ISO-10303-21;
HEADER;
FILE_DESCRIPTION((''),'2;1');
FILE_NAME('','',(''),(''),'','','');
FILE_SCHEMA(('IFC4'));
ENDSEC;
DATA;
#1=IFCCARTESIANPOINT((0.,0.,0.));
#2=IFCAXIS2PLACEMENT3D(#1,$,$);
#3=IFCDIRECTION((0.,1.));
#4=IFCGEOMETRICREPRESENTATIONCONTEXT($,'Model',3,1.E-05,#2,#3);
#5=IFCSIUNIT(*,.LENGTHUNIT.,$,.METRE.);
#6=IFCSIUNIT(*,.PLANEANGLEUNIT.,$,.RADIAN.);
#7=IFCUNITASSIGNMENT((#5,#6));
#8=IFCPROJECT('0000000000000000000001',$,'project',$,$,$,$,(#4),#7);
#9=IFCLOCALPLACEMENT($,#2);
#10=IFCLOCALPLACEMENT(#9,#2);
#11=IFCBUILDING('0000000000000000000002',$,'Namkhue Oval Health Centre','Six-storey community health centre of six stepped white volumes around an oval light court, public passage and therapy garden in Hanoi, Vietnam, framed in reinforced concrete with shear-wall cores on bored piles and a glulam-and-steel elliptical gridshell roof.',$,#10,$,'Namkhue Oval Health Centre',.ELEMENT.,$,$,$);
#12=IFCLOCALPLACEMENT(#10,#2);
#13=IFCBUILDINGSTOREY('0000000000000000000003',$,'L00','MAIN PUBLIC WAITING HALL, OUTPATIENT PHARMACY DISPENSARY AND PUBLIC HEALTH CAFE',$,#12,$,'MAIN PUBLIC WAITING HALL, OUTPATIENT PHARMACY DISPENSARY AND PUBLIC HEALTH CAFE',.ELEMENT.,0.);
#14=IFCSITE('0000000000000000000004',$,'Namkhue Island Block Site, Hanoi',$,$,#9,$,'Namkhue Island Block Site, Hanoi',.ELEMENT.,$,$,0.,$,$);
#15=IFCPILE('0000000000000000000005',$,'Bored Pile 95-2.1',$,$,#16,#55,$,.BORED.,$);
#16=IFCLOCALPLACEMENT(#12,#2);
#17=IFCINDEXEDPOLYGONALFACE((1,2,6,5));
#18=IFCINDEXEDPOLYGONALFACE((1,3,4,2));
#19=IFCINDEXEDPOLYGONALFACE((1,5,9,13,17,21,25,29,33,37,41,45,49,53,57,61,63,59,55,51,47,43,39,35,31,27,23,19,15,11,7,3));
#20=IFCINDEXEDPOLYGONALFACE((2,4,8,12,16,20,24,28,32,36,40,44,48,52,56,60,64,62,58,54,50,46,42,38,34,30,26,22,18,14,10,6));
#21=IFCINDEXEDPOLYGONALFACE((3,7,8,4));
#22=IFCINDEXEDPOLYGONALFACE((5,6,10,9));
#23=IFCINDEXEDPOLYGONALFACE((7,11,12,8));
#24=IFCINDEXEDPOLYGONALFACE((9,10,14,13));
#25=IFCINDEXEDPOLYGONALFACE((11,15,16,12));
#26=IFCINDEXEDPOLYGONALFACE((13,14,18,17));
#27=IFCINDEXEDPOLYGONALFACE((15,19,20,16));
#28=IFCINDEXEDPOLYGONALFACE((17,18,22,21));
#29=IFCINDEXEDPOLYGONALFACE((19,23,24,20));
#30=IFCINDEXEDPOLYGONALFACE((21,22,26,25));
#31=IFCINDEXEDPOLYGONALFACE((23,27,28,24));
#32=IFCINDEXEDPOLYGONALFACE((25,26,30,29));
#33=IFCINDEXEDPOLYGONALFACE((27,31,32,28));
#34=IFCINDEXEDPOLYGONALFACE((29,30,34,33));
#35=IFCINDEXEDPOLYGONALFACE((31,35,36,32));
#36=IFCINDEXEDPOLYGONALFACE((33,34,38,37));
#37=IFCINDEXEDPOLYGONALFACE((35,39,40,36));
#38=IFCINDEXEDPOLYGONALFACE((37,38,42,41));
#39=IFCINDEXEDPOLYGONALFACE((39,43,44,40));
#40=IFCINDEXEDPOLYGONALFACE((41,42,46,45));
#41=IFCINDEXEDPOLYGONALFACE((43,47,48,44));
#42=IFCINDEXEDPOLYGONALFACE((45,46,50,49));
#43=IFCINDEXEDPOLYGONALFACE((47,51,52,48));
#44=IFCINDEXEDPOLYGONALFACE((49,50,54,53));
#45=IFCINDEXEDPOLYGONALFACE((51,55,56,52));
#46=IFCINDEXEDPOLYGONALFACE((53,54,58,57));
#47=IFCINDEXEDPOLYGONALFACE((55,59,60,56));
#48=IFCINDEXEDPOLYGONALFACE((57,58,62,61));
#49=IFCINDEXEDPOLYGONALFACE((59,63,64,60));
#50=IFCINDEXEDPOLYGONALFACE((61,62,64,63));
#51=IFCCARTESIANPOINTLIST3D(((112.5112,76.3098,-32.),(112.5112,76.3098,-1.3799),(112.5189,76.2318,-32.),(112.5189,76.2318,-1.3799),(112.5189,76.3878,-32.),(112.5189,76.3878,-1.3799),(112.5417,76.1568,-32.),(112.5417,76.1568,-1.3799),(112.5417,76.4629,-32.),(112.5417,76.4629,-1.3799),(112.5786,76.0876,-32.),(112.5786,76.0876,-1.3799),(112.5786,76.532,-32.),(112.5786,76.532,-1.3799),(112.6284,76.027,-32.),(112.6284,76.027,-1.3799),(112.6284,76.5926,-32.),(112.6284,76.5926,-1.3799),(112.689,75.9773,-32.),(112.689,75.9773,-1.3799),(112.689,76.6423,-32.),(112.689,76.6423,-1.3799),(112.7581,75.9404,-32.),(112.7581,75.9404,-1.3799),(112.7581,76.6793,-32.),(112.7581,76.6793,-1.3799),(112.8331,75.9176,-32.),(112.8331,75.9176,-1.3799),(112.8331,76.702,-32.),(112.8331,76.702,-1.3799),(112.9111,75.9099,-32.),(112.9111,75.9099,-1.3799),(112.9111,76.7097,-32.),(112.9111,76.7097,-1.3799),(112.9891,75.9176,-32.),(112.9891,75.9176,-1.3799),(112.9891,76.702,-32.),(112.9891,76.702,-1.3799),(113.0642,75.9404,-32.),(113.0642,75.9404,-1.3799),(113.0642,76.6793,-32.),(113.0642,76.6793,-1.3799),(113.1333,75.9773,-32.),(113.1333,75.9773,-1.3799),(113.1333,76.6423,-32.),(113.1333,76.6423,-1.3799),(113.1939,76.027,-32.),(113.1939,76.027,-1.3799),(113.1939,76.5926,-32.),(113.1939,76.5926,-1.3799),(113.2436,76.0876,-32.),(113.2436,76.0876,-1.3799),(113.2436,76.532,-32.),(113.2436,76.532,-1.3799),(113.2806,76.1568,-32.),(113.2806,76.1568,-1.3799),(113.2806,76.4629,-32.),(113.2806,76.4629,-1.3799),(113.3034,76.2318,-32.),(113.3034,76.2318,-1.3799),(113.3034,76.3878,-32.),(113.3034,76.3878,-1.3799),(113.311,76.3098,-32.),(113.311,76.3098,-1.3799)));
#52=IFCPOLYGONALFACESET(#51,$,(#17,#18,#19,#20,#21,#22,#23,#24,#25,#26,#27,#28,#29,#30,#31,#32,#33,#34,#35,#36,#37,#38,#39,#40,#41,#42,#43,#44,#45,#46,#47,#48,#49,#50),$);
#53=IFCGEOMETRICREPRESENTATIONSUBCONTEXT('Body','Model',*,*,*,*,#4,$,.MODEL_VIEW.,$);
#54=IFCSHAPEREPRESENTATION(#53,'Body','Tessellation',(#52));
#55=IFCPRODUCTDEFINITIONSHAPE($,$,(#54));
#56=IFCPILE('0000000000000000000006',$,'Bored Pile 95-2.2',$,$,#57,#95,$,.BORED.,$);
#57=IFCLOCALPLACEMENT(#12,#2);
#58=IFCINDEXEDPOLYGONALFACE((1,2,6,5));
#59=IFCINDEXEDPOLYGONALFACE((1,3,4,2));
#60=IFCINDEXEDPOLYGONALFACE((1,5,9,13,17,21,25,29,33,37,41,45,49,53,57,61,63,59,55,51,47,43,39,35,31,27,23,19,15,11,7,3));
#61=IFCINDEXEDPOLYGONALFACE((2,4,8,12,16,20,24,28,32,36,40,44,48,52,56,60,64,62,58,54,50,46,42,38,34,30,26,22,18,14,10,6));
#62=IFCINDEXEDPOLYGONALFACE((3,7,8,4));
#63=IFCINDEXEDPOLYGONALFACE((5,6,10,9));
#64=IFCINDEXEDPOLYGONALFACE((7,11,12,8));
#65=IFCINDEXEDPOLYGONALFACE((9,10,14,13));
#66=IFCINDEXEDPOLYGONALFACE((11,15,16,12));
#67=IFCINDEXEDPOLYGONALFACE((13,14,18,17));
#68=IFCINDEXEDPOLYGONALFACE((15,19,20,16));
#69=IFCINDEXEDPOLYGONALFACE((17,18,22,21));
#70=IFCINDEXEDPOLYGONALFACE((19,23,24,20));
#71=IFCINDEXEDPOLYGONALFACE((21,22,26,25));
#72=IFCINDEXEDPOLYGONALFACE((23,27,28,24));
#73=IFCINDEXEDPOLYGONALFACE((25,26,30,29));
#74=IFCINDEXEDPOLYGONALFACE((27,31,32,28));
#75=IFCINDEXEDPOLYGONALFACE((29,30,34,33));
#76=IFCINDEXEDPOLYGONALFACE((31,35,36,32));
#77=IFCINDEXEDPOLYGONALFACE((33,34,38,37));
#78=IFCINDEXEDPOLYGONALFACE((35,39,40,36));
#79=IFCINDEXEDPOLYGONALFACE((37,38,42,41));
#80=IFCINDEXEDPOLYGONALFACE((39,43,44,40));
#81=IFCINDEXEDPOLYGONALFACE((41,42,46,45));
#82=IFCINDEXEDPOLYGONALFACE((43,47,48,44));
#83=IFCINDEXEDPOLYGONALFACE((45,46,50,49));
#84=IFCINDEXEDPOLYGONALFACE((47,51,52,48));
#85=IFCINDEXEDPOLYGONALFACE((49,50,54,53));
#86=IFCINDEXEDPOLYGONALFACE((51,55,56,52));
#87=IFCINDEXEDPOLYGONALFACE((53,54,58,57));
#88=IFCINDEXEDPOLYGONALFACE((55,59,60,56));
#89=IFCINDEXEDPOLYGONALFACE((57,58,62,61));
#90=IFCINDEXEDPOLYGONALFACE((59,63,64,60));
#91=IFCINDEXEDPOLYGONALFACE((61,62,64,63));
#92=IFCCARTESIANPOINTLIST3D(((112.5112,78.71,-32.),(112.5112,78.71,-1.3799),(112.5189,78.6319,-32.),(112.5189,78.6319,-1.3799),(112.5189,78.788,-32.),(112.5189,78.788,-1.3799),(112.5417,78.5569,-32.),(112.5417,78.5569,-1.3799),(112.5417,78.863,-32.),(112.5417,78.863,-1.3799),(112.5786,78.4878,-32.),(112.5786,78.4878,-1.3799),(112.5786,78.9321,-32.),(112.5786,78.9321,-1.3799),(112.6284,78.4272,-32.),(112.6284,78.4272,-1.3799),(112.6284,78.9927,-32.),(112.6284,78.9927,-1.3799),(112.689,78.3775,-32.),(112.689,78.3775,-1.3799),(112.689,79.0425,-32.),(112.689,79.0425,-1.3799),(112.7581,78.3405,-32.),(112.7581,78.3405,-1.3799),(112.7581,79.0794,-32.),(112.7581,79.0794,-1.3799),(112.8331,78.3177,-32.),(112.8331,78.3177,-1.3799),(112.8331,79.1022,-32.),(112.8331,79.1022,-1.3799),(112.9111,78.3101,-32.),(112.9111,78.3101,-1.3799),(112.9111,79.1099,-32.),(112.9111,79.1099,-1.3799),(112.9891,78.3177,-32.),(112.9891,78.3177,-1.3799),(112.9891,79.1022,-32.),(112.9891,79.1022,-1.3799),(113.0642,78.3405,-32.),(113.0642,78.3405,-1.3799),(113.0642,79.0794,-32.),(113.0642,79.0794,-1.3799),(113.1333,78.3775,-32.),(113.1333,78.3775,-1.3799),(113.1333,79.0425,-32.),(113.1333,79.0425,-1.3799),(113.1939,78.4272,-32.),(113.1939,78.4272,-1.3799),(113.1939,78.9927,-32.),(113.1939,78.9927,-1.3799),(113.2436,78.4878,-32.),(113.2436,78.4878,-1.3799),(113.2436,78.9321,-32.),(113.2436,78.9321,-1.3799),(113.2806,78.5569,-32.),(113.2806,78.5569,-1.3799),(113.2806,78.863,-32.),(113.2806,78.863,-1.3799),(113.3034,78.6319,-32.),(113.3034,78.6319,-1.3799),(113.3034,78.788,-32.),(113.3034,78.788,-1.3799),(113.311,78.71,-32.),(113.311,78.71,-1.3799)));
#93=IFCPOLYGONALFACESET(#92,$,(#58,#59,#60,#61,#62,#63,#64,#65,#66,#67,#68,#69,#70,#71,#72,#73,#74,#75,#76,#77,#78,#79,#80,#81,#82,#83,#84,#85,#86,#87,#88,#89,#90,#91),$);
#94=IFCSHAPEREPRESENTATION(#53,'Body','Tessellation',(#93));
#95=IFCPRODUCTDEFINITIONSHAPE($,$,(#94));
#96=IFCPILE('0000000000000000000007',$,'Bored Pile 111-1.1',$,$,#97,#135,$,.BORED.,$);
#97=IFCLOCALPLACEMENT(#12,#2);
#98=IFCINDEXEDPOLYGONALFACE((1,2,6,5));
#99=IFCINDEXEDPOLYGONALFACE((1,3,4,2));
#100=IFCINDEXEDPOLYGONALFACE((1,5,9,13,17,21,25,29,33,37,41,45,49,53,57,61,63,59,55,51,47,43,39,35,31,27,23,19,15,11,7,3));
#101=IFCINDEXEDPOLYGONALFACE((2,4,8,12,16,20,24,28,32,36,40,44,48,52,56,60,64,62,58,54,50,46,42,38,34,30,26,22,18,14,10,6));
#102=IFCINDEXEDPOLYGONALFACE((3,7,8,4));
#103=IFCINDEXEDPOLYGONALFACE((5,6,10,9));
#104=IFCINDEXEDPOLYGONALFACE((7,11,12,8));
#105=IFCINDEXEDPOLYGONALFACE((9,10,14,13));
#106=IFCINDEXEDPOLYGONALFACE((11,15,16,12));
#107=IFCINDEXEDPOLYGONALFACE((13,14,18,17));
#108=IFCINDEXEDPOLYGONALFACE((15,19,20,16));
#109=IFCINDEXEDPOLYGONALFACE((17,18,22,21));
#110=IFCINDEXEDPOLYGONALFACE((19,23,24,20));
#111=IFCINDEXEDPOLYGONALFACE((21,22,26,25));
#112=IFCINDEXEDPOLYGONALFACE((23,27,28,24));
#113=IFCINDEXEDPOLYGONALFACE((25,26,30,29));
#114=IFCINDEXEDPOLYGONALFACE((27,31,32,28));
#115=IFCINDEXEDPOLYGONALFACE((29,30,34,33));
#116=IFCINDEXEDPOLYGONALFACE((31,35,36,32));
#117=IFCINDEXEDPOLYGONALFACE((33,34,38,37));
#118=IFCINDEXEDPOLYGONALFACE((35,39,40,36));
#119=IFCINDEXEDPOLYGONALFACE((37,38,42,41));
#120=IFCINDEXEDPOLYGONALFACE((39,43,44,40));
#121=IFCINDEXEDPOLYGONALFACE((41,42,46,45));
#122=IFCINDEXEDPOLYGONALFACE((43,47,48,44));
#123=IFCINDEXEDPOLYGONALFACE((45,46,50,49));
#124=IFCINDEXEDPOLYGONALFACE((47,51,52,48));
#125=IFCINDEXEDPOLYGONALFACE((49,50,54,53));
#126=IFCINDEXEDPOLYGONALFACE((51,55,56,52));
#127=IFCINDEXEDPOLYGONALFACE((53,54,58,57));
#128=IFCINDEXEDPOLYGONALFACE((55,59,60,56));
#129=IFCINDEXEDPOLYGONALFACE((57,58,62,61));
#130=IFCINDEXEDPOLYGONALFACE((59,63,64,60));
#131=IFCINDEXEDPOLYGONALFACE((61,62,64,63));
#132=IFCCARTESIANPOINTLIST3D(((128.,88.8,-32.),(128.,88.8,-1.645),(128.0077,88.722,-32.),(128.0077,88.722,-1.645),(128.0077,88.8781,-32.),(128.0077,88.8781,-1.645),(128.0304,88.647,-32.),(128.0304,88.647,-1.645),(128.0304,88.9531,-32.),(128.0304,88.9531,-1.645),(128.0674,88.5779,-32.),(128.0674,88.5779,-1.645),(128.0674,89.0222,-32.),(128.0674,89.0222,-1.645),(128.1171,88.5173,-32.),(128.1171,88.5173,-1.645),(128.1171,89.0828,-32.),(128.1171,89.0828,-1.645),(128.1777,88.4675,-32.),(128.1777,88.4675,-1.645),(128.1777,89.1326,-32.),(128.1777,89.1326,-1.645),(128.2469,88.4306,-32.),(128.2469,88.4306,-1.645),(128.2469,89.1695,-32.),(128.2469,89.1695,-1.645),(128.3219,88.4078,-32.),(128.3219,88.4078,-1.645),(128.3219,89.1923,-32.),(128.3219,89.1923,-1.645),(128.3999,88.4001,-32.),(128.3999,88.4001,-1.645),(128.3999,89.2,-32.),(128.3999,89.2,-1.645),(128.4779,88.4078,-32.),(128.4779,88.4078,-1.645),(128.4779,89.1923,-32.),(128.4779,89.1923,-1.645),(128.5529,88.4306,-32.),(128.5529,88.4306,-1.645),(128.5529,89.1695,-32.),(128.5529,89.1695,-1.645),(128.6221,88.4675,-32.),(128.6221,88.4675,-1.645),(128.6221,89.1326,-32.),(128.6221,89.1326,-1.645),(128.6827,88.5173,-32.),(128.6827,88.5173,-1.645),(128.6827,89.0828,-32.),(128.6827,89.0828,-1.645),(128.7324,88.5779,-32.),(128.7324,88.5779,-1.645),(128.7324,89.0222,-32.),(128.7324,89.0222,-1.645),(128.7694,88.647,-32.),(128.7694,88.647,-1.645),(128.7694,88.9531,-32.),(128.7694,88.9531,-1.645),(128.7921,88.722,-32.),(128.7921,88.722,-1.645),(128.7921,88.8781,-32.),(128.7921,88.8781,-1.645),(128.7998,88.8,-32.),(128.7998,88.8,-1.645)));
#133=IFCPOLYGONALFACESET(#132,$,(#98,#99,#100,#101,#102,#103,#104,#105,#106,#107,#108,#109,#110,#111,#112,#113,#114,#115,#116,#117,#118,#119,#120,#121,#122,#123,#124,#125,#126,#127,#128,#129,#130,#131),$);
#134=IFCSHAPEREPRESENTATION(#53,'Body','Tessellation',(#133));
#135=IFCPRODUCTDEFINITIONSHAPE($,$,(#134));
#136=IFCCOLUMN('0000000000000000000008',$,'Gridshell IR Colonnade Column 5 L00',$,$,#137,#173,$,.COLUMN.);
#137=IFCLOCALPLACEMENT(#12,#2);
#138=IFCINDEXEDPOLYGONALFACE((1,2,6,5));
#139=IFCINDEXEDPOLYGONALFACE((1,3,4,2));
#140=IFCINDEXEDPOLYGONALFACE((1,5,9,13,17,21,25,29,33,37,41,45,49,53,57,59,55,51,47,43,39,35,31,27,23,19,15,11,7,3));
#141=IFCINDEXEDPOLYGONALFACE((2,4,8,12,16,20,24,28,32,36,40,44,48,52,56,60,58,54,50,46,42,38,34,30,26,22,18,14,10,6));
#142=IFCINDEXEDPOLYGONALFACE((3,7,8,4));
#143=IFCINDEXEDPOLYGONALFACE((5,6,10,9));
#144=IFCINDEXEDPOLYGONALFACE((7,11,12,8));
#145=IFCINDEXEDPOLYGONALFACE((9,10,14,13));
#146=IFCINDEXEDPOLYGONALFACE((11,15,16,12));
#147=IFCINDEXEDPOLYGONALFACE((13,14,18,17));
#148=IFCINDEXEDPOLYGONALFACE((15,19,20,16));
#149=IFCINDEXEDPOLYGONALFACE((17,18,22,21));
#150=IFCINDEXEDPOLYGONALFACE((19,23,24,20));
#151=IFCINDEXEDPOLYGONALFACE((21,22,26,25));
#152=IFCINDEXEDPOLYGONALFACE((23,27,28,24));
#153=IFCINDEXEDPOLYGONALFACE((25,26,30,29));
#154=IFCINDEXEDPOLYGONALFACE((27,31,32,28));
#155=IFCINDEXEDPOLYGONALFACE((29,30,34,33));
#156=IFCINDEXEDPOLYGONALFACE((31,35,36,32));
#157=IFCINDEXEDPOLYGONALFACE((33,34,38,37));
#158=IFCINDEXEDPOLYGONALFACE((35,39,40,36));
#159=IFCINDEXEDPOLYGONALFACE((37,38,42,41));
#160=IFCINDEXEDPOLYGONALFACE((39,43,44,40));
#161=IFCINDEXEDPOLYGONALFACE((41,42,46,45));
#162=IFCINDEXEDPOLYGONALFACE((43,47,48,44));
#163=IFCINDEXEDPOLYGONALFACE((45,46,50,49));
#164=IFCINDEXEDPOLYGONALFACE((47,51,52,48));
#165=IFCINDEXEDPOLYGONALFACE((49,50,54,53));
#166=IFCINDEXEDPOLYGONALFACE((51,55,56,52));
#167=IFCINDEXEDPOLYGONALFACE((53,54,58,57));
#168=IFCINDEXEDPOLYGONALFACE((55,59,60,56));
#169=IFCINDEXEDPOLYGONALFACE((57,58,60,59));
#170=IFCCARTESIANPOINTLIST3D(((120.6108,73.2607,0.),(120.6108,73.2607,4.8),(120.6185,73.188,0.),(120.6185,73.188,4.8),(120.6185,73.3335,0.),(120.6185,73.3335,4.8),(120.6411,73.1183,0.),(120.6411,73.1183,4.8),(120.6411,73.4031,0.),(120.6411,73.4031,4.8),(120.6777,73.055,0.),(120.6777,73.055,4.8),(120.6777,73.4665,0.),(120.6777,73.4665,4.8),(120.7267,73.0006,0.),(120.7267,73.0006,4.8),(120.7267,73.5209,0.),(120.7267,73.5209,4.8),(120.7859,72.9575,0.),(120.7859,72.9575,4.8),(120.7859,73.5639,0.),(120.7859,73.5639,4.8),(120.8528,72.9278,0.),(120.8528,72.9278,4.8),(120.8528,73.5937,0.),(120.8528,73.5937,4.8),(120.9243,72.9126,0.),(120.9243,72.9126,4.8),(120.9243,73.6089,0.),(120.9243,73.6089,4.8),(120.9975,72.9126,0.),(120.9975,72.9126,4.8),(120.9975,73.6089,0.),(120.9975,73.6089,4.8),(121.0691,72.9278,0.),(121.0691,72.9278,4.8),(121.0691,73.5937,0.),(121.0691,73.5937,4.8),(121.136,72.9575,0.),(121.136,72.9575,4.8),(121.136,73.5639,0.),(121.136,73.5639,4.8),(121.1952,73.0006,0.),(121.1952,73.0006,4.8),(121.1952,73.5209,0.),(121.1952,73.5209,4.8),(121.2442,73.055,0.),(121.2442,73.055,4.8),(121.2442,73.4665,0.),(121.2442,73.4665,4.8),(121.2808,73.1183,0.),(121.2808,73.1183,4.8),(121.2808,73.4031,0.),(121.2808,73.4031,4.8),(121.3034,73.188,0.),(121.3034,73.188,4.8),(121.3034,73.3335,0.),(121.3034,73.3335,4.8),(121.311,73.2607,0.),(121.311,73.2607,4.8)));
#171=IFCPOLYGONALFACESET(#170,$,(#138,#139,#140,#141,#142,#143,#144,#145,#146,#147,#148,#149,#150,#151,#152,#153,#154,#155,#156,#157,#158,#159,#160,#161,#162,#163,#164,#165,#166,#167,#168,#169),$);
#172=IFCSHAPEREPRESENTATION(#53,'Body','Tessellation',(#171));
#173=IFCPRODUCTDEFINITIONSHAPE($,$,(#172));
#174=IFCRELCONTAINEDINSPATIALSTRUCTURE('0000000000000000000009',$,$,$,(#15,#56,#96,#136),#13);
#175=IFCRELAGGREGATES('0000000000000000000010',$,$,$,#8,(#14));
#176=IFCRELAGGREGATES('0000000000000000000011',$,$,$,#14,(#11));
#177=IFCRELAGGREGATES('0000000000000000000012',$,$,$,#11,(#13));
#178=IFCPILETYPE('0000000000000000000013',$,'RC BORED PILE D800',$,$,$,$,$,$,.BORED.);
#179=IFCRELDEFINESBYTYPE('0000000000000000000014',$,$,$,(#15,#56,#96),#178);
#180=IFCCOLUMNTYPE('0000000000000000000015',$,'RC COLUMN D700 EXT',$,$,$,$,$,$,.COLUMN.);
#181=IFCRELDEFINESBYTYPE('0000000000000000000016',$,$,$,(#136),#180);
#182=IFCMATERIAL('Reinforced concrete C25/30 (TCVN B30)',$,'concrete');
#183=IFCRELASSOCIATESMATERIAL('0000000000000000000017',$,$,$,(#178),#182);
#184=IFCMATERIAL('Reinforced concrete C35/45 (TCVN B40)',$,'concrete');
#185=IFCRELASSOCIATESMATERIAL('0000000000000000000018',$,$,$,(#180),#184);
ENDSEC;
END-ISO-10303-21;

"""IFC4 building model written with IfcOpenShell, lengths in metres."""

from ifc_helpers import new_model, si_unit, direction, frame, origin, origin_2d, place, context, subcontext, project, spatial, circle, extrude, material, material_profile, profile_set, type_object, element, save


model = new_model("IFC4")

# Units and contexts
model_context = context("Model", 3, precision=1e-05, world=origin(), true_north=direction((0.0, 1.0)))
body_context = subcontext(model_context, "Body", "Model", "MODEL_VIEW")
ifc_project = project(units=[si_unit("LENGTHUNIT", "METRE"), si_unit("PLANEANGLEUNIT", "RADIAN")], contexts=[model_context])

# Site, building, storey
site_placement = place(None, origin())
site = spatial("IfcSite", under=ifc_project, at=site_placement, Name="Namkhue Island Block Site, Hanoi", LongName="Namkhue Island Block Site, Hanoi", CompositionType="ELEMENT", RefElevation=0.0)
building_placement = place(site_placement, origin())
building = spatial("IfcBuilding", under=site, at=building_placement, Name="Namkhue Oval Health Centre", Description="Six-storey community health centre of six stepped white volumes around an oval light court, public passage and therapy garden in Hanoi, Vietnam, framed in reinforced concrete with shear-wall cores on bored piles and a glulam-and-steel elliptical gridshell roof.", LongName="Namkhue Oval Health Centre", CompositionType="ELEMENT")
storey_placement = place(building_placement, origin())
storey = spatial("IfcBuildingStorey", under=building, at=storey_placement, Name="L00", Description="MAIN PUBLIC WAITING HALL, OUTPATIENT PHARMACY DISPENSARY AND PUBLIC HEALTH CAFE", LongName="MAIN PUBLIC WAITING HALL, OUTPATIENT PHARMACY DISPENSARY AND PUBLIC HEALTH CAFE", CompositionType="ELEMENT", Elevation=0.0)

# Piles
ifc_material_1 = material(Name="Reinforced concrete C25/30 (TCVN B30)", Category="concrete")
ifc_material_profile_1 = material_profile(ifc_material_1, circle(Radius=0.3999, at=origin_2d()), Name="BORED PILE D800")
ifc_profile_set_1 = profile_set([ifc_material_profile_1], Name="Reinforced concrete C25/30 (TCVN B30)")
pile_type_1 = type_object("IfcPileType", Name="RC BORED PILE D800", PredefinedType="BORED", material=ifc_profile_set_1)
for number, where, z_axis, x_axis, name in (
    (1, (112.9111, 76.3098, -1.3799), (0.0, 0.0, -1.0), (1.0, 0.0, 0.0), "Bored Pile 95-2.1"),
    (2, (112.9111, 78.71, -1.3799), (0.0, 0.0, -1.0), (1.0, 0.0, 0.0), "Bored Pile 95-2.2"),
):
    element("IfcPile", number, at=place(storey_placement, frame(where, z_axis=z_axis, x_axis=x_axis)), inside=storey, type_object=pile_type_1, Name=name, PredefinedType="BORED", context=body_context, shape_type="SweptSolid", body=[
        extrude(circle(Radius=0.3999, at=origin_2d()), origin(), (0.0, 0.0, 1.0), 30.6201),
    ])
pile_placement = place(storey_placement, frame((128.3999, 88.8, -1.645), z_axis=(0.0, 0.0, -1.0), x_axis=(1.0, 0.0, 0.0)))
element("IfcPile", 3, at=pile_placement, inside=storey, type_object=pile_type_1, Name="Bored Pile 111-1.1", PredefinedType="BORED", context=body_context, shape_type="SweptSolid", body=[
    extrude(circle(Radius=0.3999, at=origin_2d()), origin(), (0.0, 0.0, 1.0), 30.355),
])

# Column
ifc_material_2 = material(Name="Reinforced concrete C35/45 (TCVN B40)", Category="concrete")
ifc_material_profile_2 = material_profile(ifc_material_2, circle(Radius=0.3501, at=origin_2d()), Name="RC D700")
ifc_profile_set_2 = profile_set([ifc_material_profile_2], Name="Reinforced concrete C35/45 (TCVN B40)")
column_type = type_object("IfcColumnType", Name="RC COLUMN D700 EXT", PredefinedType="COLUMN", material=ifc_profile_set_2)
for number, where, z_axis, x_axis, name in (
    (4, (120.9609, 73.2607, 0.0), (0.0, 0.0, 1.0), (1.0, 0.0, 0.0), "Gridshell IR Colonnade Column 5 L00"),
):
    element("IfcColumn", number, at=place(storey_placement, frame(where, z_axis=z_axis, x_axis=x_axis)), inside=storey, type_object=column_type, Name=name, PredefinedType="COLUMN", context=body_context, shape_type="SweptSolid", body=[
        extrude(circle(Radius=0.3501, at=origin_2d()), origin(), (0.0, 0.0, 1.0), 4.8),
    ])

save(model, "model.ifc")
